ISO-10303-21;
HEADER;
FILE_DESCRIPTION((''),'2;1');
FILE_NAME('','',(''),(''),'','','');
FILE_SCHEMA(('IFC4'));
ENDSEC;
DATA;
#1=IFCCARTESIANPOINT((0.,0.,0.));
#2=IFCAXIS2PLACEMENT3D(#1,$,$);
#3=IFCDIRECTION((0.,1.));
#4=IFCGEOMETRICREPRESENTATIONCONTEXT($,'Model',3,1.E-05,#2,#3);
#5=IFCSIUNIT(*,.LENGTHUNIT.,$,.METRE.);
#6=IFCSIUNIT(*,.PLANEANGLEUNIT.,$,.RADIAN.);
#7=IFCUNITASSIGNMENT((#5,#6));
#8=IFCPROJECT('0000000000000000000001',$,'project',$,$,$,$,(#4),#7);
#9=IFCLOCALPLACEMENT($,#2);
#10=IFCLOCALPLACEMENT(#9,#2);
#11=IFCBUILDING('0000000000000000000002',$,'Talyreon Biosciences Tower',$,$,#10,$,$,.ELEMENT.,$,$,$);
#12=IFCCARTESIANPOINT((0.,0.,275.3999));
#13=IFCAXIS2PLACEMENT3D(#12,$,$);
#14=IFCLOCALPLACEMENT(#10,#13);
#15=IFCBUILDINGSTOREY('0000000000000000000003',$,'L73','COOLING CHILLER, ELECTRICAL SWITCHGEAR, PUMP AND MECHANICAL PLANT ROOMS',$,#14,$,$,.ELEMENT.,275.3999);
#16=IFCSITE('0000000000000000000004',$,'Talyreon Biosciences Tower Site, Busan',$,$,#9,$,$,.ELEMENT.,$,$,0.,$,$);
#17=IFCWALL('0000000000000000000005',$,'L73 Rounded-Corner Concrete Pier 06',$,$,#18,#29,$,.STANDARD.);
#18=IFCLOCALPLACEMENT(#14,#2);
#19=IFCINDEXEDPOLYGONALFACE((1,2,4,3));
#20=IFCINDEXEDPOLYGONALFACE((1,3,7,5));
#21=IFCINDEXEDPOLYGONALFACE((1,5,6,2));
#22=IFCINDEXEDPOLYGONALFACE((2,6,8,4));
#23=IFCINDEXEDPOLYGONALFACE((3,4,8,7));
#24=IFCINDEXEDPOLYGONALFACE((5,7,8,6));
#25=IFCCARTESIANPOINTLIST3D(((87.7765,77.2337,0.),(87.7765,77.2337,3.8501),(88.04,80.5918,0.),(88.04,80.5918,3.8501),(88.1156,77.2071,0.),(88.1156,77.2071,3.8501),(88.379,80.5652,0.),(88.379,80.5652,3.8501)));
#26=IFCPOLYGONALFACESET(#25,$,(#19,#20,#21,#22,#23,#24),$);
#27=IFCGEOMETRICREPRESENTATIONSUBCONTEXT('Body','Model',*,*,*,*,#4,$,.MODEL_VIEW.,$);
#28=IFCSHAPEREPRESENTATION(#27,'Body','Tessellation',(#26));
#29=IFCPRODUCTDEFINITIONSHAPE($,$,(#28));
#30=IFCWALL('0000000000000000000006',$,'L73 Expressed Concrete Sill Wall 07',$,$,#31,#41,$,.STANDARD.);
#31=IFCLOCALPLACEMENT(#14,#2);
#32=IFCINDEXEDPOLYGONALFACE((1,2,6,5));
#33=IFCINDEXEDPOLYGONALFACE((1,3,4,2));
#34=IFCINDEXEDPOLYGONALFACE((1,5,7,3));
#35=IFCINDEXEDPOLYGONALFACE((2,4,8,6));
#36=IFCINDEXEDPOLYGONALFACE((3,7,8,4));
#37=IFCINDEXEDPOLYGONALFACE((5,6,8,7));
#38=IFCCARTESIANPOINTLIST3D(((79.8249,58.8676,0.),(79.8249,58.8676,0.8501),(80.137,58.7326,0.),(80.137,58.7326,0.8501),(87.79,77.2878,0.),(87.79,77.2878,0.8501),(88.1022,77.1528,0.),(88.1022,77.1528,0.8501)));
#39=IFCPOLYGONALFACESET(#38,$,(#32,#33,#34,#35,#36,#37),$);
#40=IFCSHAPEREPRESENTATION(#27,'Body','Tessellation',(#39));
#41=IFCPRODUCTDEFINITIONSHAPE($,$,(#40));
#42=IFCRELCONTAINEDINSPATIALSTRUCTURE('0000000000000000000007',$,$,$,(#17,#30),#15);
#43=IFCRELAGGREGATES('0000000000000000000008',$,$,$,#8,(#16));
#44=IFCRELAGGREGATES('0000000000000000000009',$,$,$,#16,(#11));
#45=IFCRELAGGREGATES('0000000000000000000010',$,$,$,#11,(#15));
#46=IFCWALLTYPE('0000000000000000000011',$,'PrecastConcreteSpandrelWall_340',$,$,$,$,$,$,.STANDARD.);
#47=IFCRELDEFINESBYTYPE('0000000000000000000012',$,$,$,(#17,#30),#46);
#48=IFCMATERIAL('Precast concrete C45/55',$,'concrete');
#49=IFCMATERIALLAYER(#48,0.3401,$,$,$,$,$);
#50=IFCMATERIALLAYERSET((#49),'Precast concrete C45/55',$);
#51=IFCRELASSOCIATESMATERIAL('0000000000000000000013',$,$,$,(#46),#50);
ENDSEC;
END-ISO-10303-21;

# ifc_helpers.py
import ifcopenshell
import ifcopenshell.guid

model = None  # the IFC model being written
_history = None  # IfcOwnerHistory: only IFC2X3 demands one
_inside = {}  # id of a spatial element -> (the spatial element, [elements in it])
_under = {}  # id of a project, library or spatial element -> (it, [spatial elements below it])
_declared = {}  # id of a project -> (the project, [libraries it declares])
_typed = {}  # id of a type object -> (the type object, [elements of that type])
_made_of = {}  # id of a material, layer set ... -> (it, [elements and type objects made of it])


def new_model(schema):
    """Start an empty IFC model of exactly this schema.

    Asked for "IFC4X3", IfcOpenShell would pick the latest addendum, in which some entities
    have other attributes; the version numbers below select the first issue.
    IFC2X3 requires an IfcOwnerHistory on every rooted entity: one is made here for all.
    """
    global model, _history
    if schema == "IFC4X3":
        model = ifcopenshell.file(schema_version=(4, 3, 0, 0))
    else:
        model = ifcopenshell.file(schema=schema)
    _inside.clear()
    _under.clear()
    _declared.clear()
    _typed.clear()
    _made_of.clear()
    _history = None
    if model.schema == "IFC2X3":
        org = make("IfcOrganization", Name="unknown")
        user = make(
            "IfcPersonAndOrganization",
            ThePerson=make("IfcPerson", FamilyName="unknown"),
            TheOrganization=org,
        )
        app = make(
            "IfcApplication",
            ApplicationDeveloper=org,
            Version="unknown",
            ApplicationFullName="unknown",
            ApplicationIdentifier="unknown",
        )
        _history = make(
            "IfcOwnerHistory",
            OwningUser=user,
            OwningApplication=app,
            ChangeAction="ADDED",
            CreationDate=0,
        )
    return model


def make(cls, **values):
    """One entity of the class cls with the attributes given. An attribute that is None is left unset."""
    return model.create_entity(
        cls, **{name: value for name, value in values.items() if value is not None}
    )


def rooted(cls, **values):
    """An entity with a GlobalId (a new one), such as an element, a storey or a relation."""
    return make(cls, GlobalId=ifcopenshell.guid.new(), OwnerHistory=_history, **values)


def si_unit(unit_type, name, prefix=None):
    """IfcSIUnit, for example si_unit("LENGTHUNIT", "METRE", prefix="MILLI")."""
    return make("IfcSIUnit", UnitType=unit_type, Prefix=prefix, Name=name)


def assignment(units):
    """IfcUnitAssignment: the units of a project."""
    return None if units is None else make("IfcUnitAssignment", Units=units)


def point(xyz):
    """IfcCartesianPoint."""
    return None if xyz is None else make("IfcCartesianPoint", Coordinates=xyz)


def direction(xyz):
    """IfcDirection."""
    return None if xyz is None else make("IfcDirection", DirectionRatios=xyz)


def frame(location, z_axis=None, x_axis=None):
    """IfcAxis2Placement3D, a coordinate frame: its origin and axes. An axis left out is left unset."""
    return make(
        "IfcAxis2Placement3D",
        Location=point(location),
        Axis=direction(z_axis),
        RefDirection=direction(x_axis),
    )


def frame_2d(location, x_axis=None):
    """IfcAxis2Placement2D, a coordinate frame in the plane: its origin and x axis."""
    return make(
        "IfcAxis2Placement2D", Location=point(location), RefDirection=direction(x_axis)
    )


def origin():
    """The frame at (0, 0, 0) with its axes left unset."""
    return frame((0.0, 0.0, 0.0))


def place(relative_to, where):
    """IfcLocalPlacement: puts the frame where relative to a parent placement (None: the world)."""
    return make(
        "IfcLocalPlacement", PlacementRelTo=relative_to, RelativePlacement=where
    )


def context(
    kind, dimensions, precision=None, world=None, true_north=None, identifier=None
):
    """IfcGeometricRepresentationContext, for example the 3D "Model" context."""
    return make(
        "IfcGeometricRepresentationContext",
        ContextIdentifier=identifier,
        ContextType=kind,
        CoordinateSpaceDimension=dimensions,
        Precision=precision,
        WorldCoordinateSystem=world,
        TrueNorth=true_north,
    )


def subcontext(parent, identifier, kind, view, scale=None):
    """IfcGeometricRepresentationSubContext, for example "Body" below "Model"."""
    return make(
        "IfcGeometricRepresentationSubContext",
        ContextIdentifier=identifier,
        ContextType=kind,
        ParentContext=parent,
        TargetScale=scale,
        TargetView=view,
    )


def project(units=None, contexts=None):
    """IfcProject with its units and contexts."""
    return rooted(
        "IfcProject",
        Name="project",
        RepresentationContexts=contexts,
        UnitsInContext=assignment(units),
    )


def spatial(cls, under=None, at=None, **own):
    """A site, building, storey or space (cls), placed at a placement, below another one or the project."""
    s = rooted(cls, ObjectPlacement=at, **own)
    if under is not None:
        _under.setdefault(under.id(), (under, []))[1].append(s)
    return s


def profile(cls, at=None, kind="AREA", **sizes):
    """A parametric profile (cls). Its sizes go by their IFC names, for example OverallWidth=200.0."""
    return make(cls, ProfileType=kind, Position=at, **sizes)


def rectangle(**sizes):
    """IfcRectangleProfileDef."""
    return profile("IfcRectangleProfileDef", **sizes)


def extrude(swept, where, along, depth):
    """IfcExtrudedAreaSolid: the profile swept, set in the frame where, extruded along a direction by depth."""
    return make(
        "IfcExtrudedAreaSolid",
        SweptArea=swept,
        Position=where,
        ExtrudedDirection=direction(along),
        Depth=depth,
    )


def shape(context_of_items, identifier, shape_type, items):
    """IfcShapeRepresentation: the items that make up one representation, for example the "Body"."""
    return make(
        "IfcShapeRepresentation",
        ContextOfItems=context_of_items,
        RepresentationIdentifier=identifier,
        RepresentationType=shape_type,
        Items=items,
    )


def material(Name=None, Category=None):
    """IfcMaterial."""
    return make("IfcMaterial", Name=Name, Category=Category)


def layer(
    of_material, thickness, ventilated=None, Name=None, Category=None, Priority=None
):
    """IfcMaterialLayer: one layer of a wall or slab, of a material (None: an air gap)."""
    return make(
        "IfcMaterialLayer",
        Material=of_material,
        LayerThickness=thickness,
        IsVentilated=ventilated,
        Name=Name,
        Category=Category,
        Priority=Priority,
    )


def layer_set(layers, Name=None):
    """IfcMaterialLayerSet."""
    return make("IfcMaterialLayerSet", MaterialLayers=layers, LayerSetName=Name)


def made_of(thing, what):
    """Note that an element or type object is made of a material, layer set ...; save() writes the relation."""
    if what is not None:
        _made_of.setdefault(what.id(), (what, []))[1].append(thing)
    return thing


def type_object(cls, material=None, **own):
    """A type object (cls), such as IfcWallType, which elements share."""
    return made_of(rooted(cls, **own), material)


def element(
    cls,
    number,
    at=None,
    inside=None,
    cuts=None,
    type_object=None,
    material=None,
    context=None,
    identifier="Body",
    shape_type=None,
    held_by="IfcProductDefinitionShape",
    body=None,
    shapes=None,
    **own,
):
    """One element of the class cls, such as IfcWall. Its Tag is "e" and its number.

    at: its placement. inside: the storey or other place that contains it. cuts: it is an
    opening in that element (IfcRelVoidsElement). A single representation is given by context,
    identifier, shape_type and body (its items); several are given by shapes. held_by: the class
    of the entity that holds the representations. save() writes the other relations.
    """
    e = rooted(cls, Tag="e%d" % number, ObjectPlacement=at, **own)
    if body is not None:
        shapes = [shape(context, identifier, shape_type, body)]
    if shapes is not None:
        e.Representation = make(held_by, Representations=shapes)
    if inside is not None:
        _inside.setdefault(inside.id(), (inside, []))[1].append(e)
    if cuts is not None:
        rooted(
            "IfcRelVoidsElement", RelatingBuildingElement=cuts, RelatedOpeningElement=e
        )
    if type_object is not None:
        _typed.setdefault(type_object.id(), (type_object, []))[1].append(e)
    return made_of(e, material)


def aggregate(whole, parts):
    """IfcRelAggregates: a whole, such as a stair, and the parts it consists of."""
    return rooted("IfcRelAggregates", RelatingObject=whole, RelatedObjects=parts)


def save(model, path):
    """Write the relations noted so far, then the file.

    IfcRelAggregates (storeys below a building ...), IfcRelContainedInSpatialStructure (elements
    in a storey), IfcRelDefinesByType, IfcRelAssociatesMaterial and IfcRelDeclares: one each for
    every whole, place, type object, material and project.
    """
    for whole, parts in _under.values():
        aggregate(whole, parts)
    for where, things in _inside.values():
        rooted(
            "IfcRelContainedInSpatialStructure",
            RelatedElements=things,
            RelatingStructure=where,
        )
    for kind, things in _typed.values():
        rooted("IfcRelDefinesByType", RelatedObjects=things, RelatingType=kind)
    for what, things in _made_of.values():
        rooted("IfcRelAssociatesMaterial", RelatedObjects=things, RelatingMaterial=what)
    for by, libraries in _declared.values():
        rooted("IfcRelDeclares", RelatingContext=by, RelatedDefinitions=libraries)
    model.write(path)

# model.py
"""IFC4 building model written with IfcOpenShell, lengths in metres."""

from ifc_helpers import new_model, si_unit, direction, frame, frame_2d, origin, place, context, subcontext, project, spatial, rectangle, extrude, material, layer, layer_set, type_object, element, save


model = new_model("IFC4")

# Units and contexts
model_context = context("Model", 3, precision=1e-05, world=origin(), true_north=direction((0.0, 1.0)))
body_context = subcontext(model_context, "Body", "Model", "MODEL_VIEW")
ifc_project = project(units=[si_unit("LENGTHUNIT", "METRE"), si_unit("PLANEANGLEUNIT", "RADIAN")], contexts=[model_context])

# Site, building, storey
site_placement = place(None, origin())
site = spatial("IfcSite", under=ifc_project, at=site_placement, Name="Talyreon Biosciences Tower Site, Busan", CompositionType="ELEMENT", RefElevation=0.0)
building_placement = place(site_placement, origin())
building = spatial("IfcBuilding", under=site, at=building_placement, Name="Talyreon Biosciences Tower", CompositionType="ELEMENT")
storey_placement = place(building_placement, frame((0.0, 0.0, 275.3999)))
storey = spatial("IfcBuildingStorey", under=building, at=storey_placement, Name="L73", Description="COOLING CHILLER, ELECTRICAL SWITCHGEAR, PUMP AND MECHANICAL PLANT ROOMS", CompositionType="ELEMENT", Elevation=275.3999)

# Shared definitions
ifc_material_1 = material(Name="Precast concrete C45/55", Category="concrete")

# Walls
ifc_layer_1 = layer(ifc_material_1, 0.3401)
ifc_layer_set_1 = layer_set([ifc_layer_1], Name="Precast concrete C45/55")
wall_type_1 = type_object("IfcWallType", Name="PrecastConcreteSpandrelWall_340", PredefinedType="STANDARD", material=ifc_layer_set_1)
wall_1_placement = place(storey_placement, frame((88.2095, 80.5784, 0.0), z_axis=(0.0, 0.0, 1.0), x_axis=(-0.078204, -0.996937, 0.0)))
element("IfcWall", 1, at=wall_1_placement, inside=storey, type_object=wall_type_1, Name="L73 Rounded-Corner Concrete Pier 06", PredefinedType="STANDARD", context=body_context, shape_type="SweptSolid", body=[
    extrude(rectangle(XDim=3.3684, YDim=0.3401, at=frame_2d((1.6841, 0.0))), origin(), (0.0, 0.0, 1.0), 3.8501),
])
wall_2_placement = place(storey_placement, frame((87.946, 77.2202, 0.0), z_axis=(0.0, 0.0, 1.0), x_axis=(-0.396895, -0.917864, 0.0)))
element("IfcWall", 2, at=wall_2_placement, inside=storey, type_object=wall_type_1, Name="L73 Expressed Concrete Sill Wall 07", PredefinedType="STANDARD", context=body_context, shape_type="SweptSolid", body=[
    extrude(rectangle(XDim=20.0686, YDim=0.3401, at=frame_2d((10.0342, 0.0))), origin(), (0.0, 0.0, 1.0), 0.8501),
])

save(model, "model.ifc")
